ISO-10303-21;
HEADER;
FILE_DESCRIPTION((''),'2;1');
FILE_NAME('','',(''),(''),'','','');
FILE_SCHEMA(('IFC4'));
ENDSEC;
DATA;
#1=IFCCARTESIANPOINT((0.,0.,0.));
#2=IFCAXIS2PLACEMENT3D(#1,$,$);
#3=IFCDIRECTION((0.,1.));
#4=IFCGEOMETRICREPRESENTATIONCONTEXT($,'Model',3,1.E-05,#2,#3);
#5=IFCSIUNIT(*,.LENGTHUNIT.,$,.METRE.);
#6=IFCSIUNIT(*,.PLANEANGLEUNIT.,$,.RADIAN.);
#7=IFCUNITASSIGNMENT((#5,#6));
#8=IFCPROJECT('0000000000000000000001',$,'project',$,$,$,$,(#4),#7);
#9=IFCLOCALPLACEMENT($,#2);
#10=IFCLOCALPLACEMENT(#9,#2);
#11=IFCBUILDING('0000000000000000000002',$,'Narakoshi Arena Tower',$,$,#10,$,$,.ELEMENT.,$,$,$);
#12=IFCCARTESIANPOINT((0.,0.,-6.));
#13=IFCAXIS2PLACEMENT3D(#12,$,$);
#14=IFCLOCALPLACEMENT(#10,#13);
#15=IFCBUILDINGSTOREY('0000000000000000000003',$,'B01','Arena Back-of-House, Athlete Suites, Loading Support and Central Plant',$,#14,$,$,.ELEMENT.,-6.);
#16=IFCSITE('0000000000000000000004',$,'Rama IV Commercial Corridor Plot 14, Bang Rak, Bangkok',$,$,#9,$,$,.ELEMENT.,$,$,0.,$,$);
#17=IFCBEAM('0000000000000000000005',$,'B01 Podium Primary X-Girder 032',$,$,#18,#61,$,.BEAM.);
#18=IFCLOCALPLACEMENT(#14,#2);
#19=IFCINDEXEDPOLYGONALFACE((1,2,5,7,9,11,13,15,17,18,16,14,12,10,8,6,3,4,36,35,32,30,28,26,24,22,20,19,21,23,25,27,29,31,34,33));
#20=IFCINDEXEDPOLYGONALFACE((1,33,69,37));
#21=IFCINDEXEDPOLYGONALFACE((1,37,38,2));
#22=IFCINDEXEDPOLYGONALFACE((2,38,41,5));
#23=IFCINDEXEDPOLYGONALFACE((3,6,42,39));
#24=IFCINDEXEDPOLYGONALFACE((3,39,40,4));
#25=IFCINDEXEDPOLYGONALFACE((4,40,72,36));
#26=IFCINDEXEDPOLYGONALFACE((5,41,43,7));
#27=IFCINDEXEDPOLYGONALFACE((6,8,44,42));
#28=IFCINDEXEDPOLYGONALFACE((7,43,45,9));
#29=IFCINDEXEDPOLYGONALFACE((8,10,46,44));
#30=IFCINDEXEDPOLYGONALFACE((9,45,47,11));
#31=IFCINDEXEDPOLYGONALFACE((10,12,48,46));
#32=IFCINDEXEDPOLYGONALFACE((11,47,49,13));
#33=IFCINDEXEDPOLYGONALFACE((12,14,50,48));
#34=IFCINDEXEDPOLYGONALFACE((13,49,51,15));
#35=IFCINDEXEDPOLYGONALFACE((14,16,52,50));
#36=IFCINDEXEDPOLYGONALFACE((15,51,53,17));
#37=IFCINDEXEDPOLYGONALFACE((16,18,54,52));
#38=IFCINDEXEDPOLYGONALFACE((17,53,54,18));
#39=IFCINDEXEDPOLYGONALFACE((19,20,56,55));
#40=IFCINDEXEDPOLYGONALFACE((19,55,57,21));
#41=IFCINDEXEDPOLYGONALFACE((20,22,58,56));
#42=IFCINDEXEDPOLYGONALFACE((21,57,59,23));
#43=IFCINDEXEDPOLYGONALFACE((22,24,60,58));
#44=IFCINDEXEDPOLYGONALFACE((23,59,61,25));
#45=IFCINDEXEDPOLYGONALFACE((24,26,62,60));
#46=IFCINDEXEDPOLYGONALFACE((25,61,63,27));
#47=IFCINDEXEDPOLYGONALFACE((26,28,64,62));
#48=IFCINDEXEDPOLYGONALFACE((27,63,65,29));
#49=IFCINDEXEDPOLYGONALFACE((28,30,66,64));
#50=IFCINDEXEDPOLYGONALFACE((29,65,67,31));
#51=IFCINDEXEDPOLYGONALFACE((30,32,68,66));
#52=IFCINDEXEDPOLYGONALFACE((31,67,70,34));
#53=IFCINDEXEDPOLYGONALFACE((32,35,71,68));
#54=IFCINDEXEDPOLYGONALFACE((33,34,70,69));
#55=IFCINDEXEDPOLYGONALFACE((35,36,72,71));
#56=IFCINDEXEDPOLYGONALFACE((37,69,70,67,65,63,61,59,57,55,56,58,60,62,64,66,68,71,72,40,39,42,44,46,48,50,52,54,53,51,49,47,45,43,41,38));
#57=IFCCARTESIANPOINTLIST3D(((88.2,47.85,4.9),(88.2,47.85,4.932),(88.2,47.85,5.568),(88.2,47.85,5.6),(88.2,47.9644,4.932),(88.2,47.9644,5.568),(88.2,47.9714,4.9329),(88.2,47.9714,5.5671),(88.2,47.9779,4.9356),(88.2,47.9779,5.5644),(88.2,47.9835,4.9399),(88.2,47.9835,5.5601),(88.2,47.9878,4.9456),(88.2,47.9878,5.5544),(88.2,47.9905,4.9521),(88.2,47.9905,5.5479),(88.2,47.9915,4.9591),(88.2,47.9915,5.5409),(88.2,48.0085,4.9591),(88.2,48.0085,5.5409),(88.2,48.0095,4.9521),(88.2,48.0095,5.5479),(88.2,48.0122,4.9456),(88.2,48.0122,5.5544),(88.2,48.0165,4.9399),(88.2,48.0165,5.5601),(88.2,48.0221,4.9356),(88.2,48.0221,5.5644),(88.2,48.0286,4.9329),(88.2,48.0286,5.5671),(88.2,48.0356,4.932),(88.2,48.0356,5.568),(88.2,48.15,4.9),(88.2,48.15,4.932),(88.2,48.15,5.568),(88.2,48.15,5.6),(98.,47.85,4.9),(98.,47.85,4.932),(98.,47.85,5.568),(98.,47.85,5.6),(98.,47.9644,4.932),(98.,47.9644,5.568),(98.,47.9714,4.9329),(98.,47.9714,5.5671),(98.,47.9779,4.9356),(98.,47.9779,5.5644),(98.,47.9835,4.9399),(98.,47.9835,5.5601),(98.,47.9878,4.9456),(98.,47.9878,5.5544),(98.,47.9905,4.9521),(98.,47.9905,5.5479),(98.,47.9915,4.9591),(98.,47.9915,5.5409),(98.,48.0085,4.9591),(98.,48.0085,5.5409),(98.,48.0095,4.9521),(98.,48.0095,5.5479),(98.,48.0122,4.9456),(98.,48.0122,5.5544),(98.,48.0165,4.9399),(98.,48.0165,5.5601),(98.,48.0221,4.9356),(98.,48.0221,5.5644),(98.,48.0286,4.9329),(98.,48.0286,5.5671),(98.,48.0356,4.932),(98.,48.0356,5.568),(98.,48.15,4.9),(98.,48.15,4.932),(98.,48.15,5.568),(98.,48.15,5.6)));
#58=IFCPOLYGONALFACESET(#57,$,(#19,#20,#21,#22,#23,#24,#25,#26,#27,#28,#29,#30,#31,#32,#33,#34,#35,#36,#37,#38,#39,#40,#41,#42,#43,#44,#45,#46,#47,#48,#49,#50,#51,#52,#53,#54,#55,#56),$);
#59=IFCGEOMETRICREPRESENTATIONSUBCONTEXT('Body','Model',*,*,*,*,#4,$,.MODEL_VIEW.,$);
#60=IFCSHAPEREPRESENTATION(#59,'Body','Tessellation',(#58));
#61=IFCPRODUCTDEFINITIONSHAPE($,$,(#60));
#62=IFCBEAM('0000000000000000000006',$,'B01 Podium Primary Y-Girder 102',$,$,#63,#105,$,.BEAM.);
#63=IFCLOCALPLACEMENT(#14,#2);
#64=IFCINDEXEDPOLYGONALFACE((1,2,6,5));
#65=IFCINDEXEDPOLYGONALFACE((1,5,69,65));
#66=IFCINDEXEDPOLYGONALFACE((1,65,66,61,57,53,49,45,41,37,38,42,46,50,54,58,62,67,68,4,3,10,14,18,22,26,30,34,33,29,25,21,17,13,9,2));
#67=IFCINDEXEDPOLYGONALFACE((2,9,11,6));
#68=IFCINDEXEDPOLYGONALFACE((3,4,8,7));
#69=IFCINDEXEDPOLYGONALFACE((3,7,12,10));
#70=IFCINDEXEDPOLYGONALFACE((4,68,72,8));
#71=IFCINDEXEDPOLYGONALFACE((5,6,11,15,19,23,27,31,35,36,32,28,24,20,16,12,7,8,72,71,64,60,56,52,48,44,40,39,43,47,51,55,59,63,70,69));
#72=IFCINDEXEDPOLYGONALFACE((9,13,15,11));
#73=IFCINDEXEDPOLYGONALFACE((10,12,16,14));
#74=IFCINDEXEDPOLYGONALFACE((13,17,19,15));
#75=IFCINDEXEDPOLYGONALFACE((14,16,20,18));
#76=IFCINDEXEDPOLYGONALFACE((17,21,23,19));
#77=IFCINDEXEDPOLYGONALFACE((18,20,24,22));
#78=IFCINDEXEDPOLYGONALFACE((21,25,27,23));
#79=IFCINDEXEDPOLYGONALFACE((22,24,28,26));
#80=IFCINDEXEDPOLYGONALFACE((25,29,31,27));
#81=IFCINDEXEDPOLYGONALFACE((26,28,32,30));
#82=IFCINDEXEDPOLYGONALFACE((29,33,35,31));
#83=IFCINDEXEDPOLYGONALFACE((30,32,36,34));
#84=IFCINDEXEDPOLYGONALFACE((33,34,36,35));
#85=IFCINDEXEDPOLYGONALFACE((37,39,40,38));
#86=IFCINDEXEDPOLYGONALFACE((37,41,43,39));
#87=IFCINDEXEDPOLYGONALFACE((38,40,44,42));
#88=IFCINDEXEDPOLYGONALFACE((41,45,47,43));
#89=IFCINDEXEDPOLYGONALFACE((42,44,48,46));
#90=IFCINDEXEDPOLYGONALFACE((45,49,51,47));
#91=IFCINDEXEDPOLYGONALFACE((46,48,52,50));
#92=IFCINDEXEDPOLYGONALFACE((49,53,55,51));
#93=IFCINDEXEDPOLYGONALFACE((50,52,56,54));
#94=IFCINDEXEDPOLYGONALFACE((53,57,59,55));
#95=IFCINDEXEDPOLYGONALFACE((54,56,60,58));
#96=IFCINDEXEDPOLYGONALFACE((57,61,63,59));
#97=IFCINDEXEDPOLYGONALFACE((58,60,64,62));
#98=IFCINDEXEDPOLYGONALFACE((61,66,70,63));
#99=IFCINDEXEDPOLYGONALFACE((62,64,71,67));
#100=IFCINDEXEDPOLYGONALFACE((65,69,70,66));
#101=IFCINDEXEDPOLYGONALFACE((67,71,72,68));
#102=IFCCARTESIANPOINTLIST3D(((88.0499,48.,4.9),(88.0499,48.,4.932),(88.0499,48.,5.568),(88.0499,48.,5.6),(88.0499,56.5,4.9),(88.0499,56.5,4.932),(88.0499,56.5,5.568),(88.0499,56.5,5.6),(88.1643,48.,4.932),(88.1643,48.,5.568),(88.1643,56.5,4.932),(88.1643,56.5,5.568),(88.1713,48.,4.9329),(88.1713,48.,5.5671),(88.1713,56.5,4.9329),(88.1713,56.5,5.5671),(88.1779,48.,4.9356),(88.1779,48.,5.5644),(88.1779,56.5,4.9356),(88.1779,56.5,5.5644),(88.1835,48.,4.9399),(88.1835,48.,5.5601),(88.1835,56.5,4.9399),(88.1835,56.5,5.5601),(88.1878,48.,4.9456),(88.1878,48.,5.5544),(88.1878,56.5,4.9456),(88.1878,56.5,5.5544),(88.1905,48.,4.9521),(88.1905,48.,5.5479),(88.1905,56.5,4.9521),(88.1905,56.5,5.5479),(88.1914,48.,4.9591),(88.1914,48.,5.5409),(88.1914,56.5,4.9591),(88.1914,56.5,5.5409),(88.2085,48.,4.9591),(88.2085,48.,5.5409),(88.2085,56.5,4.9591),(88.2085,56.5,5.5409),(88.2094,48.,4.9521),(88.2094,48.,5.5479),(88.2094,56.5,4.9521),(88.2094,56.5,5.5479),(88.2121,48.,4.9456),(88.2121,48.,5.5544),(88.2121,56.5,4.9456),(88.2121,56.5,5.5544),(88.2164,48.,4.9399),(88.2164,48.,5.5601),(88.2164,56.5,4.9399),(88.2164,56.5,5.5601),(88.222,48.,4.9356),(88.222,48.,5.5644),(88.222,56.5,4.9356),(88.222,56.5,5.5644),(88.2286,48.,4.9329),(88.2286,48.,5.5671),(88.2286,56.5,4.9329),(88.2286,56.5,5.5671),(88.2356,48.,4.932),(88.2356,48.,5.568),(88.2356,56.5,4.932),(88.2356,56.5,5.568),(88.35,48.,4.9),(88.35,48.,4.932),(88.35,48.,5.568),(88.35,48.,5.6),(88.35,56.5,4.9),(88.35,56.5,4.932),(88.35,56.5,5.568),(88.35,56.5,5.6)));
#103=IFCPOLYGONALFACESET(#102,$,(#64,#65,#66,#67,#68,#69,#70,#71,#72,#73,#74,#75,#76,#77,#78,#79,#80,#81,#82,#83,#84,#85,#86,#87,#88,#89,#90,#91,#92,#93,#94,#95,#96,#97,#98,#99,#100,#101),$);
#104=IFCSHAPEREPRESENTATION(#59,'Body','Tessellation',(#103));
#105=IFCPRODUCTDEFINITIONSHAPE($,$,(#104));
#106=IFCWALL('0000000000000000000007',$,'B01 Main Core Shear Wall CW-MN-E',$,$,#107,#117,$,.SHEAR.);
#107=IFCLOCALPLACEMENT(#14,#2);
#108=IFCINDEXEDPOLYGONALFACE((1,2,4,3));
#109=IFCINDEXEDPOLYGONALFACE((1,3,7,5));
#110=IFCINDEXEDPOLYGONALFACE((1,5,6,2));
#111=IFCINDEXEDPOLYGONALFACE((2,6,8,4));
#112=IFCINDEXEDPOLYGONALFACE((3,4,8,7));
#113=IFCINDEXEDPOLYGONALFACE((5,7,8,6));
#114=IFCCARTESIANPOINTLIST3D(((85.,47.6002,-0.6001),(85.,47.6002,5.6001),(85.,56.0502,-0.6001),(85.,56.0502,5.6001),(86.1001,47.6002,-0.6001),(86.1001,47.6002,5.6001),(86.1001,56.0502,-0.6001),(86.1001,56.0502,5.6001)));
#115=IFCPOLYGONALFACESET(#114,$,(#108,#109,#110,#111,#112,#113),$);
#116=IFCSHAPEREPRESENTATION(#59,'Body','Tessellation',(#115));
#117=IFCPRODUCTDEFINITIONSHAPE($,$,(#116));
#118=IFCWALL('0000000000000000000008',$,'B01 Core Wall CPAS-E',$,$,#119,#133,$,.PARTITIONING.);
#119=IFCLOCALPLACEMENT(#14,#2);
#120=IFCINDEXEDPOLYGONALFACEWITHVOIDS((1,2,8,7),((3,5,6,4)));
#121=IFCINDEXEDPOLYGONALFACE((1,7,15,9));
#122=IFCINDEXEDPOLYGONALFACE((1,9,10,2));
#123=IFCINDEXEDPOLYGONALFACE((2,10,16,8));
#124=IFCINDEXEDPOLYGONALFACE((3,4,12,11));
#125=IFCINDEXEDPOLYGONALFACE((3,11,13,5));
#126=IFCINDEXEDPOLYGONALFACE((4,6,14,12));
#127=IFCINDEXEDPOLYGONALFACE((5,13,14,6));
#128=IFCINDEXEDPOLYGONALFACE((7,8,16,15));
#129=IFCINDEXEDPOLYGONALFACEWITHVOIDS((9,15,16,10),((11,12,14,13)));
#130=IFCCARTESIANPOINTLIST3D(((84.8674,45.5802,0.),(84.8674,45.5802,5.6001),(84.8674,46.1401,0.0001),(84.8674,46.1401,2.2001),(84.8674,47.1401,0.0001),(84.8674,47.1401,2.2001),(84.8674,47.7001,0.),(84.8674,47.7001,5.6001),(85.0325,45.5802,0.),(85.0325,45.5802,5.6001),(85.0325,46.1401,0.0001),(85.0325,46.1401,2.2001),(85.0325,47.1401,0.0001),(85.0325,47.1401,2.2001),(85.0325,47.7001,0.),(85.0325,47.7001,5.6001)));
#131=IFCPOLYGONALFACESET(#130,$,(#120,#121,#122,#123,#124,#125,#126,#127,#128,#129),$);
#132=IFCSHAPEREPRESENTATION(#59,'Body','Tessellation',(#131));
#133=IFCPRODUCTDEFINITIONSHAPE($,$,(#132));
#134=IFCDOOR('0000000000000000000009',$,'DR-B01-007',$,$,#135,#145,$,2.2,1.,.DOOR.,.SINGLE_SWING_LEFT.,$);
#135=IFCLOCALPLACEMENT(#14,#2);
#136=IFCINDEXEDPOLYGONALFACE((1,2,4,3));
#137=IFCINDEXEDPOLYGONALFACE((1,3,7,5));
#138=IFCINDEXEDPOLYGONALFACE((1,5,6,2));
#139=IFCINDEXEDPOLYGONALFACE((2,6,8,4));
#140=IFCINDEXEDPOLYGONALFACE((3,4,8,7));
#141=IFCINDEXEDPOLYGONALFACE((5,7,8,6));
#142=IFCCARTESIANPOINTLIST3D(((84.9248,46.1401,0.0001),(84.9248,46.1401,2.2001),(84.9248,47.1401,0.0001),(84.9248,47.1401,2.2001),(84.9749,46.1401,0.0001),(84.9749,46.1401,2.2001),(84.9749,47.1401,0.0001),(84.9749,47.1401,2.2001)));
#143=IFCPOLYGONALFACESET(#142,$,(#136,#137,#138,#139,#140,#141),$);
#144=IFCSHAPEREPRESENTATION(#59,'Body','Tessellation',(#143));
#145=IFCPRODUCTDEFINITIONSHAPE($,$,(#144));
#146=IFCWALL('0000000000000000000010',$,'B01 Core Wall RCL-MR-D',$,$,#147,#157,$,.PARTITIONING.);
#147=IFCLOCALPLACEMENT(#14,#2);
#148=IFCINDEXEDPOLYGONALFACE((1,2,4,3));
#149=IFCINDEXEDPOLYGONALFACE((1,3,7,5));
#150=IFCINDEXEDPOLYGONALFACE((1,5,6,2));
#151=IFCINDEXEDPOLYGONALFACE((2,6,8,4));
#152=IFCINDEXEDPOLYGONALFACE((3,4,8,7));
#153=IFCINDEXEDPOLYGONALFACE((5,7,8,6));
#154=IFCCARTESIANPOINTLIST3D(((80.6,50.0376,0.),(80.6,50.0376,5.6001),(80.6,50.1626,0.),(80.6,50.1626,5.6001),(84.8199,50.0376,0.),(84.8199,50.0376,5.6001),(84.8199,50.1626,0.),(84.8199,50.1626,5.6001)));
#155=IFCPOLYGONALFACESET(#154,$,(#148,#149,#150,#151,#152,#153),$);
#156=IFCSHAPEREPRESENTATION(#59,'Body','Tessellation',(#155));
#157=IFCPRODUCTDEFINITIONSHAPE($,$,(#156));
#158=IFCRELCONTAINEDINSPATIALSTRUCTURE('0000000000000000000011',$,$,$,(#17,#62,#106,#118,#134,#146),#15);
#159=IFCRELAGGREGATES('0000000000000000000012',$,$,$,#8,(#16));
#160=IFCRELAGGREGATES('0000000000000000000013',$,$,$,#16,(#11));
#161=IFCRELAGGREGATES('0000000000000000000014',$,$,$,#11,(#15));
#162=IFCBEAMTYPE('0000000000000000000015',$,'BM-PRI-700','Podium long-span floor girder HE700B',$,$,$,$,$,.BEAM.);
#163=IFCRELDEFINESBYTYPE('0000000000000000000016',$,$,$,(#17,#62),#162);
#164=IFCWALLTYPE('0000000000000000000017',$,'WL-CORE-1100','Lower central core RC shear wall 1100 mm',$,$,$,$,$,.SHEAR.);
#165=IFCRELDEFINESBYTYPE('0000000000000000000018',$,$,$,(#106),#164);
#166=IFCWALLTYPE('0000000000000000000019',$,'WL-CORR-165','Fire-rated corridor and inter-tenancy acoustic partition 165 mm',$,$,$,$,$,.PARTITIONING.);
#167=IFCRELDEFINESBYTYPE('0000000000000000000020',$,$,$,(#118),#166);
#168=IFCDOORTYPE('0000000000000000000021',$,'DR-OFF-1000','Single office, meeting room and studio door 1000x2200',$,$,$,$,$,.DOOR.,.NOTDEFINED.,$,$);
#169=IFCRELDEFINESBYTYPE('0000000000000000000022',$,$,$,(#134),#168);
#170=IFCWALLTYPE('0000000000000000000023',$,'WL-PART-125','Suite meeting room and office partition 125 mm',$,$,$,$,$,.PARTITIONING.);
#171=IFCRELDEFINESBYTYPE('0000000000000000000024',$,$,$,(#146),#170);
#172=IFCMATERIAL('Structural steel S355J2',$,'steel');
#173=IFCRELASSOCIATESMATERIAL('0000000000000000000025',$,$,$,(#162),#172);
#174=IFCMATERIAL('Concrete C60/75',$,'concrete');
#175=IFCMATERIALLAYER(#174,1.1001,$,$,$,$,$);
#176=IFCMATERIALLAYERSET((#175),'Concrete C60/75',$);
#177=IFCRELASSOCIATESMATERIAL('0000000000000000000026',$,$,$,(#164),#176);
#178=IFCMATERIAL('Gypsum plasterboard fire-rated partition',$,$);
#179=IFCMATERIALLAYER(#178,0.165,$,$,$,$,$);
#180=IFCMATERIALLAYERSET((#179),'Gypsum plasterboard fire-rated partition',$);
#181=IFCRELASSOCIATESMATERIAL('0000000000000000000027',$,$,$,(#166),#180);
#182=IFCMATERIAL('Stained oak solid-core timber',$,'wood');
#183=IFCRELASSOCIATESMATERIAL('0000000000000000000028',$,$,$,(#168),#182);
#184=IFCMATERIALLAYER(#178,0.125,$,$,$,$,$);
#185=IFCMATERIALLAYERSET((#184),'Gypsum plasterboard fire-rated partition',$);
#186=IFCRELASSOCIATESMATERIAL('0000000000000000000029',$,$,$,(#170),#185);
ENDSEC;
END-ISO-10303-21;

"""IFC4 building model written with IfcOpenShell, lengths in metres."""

from ifc_helpers import new_model, si_unit, direction, frame, frame_2d, origin, origin_2d, place, context, subcontext, project, spatial, rectangle, i_section, extrude, material, layer, layer_set, material_profile, profile_set, type_object, element, fill, save


model = new_model("IFC4")

# Units and contexts
model_context = context("Model", 3, precision=1e-05, world=origin(), true_north=direction((0.0, 1.0)))
body_context = subcontext(model_context, "Body", "Model", "MODEL_VIEW")
ifc_project = project(units=[si_unit("LENGTHUNIT", "METRE"), si_unit("PLANEANGLEUNIT", "RADIAN")], contexts=[model_context])

# Site, building, storey
site_placement = place(None, origin())
site = spatial("IfcSite", under=ifc_project, at=site_placement, Name="Rama IV Commercial Corridor Plot 14, Bang Rak, Bangkok", CompositionType="ELEMENT", RefElevation=0.0)
building_placement = place(site_placement, origin())
building = spatial("IfcBuilding", under=site, at=building_placement, Name="Narakoshi Arena Tower", CompositionType="ELEMENT")
storey_placement = place(building_placement, frame((0.0, 0.0, -6.0)))
storey = spatial("IfcBuildingStorey", under=building, at=storey_placement, Name="B01", Description="Arena Back-of-House, Athlete Suites, Loading Support and Central Plant", CompositionType="ELEMENT", Elevation=-6.0)

# Shared definitions
ifc_material_1 = material(Name="Concrete C60/75", Category="concrete")

# Beams
ifc_material_2 = material(Name="Structural steel S355J2", Category="steel")
ifc_material_profile_1 = material_profile(ifc_material_2, i_section(OverallWidth=0.3, OverallDepth=0.7, WebThickness=0.0171, FlangeThickness=0.032, FilletRadius=0.0271, at=origin_2d()), Name="HE700B")
ifc_profile_set_1 = profile_set([ifc_material_profile_1], Name="Structural steel S355J2")
beam_type = type_object("IfcBeamType", Name="BM-PRI-700", Description="Podium long-span floor girder HE700B", PredefinedType="BEAM", material=ifc_profile_set_1)
beam_1_placement = place(storey_placement, frame((88.2, 48.0, 5.25), z_axis=(1.0, 0.0, 0.0), x_axis=(0.0, 1.0, 0.0)))
element("IfcBeam", 1, at=beam_1_placement, inside=storey, type_object=beam_type, Name="B01 Podium Primary X-Girder 032", PredefinedType="BEAM", context=body_context, shape_type="SweptSolid", body=[
    extrude(i_section(OverallWidth=0.3, OverallDepth=0.7, WebThickness=0.0171, FlangeThickness=0.032, FilletRadius=0.0271, at=origin_2d()), origin(), (0.0, 0.0, 1.0), 9.8),
])
beam_2_placement = place(storey_placement, frame((88.2, 48.0, 5.25), z_axis=(0.0, 1.0, 0.0), x_axis=(-1.0, 0.0, 0.0)))
element("IfcBeam", 2, at=beam_2_placement, inside=storey, type_object=beam_type, Name="B01 Podium Primary Y-Girder 102", PredefinedType="BEAM", context=body_context, shape_type="SweptSolid", body=[
    extrude(i_section(OverallWidth=0.3, OverallDepth=0.7, WebThickness=0.0171, FlangeThickness=0.032, FilletRadius=0.0271, at=origin_2d()), origin(), (0.0, 0.0, 1.0), 8.5),
])

# Wall
ifc_layer_1 = layer(ifc_material_1, 1.1001)
ifc_layer_set_1 = layer_set([ifc_layer_1], Name="Concrete C60/75")
wall_type_1 = type_object("IfcWallType", Name="WL-CORE-1100", Description="Lower central core RC shear wall 1100 mm", PredefinedType="SHEAR", material=ifc_layer_set_1)
wall_1_placement = place(storey_placement, frame((85.55, 47.6001, -0.6001), z_axis=(0.0, 0.0, 1.0), x_axis=(0.0, 1.0, 0.0)))
element("IfcWall", 3, at=wall_1_placement, inside=storey, type_object=wall_type_1, Name="B01 Main Core Shear Wall CW-MN-E", PredefinedType="SHEAR", context=body_context, shape_type="SweptSolid", body=[
    extrude(rectangle(XDim=8.45, YDim=1.1001, at=frame_2d((4.2251, 0.0))), origin(), (0.0, 0.0, 1.0), 6.2002),
])

# Wall, opening, door
ifc_material_3 = material(Name="Gypsum plasterboard fire-rated partition")
ifc_layer_2 = layer(ifc_material_3, 0.165)
ifc_layer_set_2 = layer_set([ifc_layer_2], Name="Gypsum plasterboard fire-rated partition")
wall_type_2 = type_object("IfcWallType", Name="WL-CORR-165", Description="Fire-rated corridor and inter-tenancy acoustic partition 165 mm", PredefinedType="PARTITIONING", material=ifc_layer_set_2)
wall_2_placement = place(storey_placement, frame((84.95, 45.5801, 0.0), z_axis=(0.0, 0.0, 1.0), x_axis=(0.0, 1.0, 0.0)))
wall_2 = element("IfcWall", 4, at=wall_2_placement, inside=storey, type_object=wall_type_2, Name="B01 Core Wall CPAS-E", PredefinedType="PARTITIONING", context=body_context, shape_type="SweptSolid", body=[
    extrude(rectangle(XDim=2.1199, YDim=0.165, at=frame_2d((1.0601, 0.0))), origin(), (0.0, 0.0, 1.0), 5.6001),
])
opening_1_placement = place(wall_2_placement, frame((0.5601, 0.0, 0.0)))
opening_1 = element("IfcOpeningElement", 5, at=opening_1_placement, cuts=wall_2, PredefinedType="OPENING", context=body_context, shape_type="SweptSolid", body=[
    extrude(rectangle(XDim=1.0, YDim=2.2, at=frame_2d((0.5, 1.1001))), frame((0.0, 0.0925, 0.0), z_axis=(0.0, -1.0, 0.0), x_axis=(1.0, 0.0, 0.0)), (0.0, 0.0, 1.0), 0.1851),
])
ifc_material_4 = material(Name="Stained oak solid-core timber", Category="wood")
door_type_1 = type_object("IfcDoorType", Name="DR-OFF-1000", Description="Single office, meeting room and studio door 1000x2200", OperationType="NOTDEFINED", PredefinedType="DOOR", material=ifc_material_4)
door_1_placement = place(opening_1_placement, frame((1.0, 0.0, 0.0), z_axis=(0.0, 0.0, 1.0), x_axis=(-1.0, 0.0, 0.0)))
door_1 = element("IfcDoor", 6, at=door_1_placement, inside=storey, type_object=door_type_1, Name="DR-B01-007", OperationType="SINGLE_SWING_LEFT", OverallHeight=2.2, OverallWidth=1.0, PredefinedType="DOOR", context=body_context, shape_type="SweptSolid", body=[
    extrude(rectangle(XDim=1.0, YDim=2.2, at=frame_2d((0.5, 1.1001))), frame((0.0, 0.0249, 0.0), z_axis=(0.0, -1.0, 0.0), x_axis=(1.0, 0.0, 0.0)), (0.0, 0.0, 1.0), 0.05),
])
fill(opening_1, door_1)

# Wall
ifc_layer_3 = layer(ifc_material_3, 0.125)
ifc_layer_set_3 = layer_set([ifc_layer_3], Name="Gypsum plasterboard fire-rated partition")
wall_type_3 = type_object("IfcWallType", Name="WL-PART-125", Description="Suite meeting room and office partition 125 mm", PredefinedType="PARTITIONING", material=ifc_layer_set_3)
wall_3_placement = place(storey_placement, frame((80.6001, 50.1001, 0.0), z_axis=(0.0, 0.0, 1.0), x_axis=(1.0, 0.0, 0.0)))
element("IfcWall", 7, at=wall_3_placement, inside=storey, type_object=wall_type_3, Name="B01 Core Wall RCL-MR-D", PredefinedType="PARTITIONING", context=body_context, shape_type="SweptSolid", body=[
    extrude(rectangle(XDim=4.22, YDim=0.125, at=frame_2d((2.1099, 0.0))), origin(), (0.0, 0.0, 1.0), 5.6001),
])

save(model, "model.ifc")
